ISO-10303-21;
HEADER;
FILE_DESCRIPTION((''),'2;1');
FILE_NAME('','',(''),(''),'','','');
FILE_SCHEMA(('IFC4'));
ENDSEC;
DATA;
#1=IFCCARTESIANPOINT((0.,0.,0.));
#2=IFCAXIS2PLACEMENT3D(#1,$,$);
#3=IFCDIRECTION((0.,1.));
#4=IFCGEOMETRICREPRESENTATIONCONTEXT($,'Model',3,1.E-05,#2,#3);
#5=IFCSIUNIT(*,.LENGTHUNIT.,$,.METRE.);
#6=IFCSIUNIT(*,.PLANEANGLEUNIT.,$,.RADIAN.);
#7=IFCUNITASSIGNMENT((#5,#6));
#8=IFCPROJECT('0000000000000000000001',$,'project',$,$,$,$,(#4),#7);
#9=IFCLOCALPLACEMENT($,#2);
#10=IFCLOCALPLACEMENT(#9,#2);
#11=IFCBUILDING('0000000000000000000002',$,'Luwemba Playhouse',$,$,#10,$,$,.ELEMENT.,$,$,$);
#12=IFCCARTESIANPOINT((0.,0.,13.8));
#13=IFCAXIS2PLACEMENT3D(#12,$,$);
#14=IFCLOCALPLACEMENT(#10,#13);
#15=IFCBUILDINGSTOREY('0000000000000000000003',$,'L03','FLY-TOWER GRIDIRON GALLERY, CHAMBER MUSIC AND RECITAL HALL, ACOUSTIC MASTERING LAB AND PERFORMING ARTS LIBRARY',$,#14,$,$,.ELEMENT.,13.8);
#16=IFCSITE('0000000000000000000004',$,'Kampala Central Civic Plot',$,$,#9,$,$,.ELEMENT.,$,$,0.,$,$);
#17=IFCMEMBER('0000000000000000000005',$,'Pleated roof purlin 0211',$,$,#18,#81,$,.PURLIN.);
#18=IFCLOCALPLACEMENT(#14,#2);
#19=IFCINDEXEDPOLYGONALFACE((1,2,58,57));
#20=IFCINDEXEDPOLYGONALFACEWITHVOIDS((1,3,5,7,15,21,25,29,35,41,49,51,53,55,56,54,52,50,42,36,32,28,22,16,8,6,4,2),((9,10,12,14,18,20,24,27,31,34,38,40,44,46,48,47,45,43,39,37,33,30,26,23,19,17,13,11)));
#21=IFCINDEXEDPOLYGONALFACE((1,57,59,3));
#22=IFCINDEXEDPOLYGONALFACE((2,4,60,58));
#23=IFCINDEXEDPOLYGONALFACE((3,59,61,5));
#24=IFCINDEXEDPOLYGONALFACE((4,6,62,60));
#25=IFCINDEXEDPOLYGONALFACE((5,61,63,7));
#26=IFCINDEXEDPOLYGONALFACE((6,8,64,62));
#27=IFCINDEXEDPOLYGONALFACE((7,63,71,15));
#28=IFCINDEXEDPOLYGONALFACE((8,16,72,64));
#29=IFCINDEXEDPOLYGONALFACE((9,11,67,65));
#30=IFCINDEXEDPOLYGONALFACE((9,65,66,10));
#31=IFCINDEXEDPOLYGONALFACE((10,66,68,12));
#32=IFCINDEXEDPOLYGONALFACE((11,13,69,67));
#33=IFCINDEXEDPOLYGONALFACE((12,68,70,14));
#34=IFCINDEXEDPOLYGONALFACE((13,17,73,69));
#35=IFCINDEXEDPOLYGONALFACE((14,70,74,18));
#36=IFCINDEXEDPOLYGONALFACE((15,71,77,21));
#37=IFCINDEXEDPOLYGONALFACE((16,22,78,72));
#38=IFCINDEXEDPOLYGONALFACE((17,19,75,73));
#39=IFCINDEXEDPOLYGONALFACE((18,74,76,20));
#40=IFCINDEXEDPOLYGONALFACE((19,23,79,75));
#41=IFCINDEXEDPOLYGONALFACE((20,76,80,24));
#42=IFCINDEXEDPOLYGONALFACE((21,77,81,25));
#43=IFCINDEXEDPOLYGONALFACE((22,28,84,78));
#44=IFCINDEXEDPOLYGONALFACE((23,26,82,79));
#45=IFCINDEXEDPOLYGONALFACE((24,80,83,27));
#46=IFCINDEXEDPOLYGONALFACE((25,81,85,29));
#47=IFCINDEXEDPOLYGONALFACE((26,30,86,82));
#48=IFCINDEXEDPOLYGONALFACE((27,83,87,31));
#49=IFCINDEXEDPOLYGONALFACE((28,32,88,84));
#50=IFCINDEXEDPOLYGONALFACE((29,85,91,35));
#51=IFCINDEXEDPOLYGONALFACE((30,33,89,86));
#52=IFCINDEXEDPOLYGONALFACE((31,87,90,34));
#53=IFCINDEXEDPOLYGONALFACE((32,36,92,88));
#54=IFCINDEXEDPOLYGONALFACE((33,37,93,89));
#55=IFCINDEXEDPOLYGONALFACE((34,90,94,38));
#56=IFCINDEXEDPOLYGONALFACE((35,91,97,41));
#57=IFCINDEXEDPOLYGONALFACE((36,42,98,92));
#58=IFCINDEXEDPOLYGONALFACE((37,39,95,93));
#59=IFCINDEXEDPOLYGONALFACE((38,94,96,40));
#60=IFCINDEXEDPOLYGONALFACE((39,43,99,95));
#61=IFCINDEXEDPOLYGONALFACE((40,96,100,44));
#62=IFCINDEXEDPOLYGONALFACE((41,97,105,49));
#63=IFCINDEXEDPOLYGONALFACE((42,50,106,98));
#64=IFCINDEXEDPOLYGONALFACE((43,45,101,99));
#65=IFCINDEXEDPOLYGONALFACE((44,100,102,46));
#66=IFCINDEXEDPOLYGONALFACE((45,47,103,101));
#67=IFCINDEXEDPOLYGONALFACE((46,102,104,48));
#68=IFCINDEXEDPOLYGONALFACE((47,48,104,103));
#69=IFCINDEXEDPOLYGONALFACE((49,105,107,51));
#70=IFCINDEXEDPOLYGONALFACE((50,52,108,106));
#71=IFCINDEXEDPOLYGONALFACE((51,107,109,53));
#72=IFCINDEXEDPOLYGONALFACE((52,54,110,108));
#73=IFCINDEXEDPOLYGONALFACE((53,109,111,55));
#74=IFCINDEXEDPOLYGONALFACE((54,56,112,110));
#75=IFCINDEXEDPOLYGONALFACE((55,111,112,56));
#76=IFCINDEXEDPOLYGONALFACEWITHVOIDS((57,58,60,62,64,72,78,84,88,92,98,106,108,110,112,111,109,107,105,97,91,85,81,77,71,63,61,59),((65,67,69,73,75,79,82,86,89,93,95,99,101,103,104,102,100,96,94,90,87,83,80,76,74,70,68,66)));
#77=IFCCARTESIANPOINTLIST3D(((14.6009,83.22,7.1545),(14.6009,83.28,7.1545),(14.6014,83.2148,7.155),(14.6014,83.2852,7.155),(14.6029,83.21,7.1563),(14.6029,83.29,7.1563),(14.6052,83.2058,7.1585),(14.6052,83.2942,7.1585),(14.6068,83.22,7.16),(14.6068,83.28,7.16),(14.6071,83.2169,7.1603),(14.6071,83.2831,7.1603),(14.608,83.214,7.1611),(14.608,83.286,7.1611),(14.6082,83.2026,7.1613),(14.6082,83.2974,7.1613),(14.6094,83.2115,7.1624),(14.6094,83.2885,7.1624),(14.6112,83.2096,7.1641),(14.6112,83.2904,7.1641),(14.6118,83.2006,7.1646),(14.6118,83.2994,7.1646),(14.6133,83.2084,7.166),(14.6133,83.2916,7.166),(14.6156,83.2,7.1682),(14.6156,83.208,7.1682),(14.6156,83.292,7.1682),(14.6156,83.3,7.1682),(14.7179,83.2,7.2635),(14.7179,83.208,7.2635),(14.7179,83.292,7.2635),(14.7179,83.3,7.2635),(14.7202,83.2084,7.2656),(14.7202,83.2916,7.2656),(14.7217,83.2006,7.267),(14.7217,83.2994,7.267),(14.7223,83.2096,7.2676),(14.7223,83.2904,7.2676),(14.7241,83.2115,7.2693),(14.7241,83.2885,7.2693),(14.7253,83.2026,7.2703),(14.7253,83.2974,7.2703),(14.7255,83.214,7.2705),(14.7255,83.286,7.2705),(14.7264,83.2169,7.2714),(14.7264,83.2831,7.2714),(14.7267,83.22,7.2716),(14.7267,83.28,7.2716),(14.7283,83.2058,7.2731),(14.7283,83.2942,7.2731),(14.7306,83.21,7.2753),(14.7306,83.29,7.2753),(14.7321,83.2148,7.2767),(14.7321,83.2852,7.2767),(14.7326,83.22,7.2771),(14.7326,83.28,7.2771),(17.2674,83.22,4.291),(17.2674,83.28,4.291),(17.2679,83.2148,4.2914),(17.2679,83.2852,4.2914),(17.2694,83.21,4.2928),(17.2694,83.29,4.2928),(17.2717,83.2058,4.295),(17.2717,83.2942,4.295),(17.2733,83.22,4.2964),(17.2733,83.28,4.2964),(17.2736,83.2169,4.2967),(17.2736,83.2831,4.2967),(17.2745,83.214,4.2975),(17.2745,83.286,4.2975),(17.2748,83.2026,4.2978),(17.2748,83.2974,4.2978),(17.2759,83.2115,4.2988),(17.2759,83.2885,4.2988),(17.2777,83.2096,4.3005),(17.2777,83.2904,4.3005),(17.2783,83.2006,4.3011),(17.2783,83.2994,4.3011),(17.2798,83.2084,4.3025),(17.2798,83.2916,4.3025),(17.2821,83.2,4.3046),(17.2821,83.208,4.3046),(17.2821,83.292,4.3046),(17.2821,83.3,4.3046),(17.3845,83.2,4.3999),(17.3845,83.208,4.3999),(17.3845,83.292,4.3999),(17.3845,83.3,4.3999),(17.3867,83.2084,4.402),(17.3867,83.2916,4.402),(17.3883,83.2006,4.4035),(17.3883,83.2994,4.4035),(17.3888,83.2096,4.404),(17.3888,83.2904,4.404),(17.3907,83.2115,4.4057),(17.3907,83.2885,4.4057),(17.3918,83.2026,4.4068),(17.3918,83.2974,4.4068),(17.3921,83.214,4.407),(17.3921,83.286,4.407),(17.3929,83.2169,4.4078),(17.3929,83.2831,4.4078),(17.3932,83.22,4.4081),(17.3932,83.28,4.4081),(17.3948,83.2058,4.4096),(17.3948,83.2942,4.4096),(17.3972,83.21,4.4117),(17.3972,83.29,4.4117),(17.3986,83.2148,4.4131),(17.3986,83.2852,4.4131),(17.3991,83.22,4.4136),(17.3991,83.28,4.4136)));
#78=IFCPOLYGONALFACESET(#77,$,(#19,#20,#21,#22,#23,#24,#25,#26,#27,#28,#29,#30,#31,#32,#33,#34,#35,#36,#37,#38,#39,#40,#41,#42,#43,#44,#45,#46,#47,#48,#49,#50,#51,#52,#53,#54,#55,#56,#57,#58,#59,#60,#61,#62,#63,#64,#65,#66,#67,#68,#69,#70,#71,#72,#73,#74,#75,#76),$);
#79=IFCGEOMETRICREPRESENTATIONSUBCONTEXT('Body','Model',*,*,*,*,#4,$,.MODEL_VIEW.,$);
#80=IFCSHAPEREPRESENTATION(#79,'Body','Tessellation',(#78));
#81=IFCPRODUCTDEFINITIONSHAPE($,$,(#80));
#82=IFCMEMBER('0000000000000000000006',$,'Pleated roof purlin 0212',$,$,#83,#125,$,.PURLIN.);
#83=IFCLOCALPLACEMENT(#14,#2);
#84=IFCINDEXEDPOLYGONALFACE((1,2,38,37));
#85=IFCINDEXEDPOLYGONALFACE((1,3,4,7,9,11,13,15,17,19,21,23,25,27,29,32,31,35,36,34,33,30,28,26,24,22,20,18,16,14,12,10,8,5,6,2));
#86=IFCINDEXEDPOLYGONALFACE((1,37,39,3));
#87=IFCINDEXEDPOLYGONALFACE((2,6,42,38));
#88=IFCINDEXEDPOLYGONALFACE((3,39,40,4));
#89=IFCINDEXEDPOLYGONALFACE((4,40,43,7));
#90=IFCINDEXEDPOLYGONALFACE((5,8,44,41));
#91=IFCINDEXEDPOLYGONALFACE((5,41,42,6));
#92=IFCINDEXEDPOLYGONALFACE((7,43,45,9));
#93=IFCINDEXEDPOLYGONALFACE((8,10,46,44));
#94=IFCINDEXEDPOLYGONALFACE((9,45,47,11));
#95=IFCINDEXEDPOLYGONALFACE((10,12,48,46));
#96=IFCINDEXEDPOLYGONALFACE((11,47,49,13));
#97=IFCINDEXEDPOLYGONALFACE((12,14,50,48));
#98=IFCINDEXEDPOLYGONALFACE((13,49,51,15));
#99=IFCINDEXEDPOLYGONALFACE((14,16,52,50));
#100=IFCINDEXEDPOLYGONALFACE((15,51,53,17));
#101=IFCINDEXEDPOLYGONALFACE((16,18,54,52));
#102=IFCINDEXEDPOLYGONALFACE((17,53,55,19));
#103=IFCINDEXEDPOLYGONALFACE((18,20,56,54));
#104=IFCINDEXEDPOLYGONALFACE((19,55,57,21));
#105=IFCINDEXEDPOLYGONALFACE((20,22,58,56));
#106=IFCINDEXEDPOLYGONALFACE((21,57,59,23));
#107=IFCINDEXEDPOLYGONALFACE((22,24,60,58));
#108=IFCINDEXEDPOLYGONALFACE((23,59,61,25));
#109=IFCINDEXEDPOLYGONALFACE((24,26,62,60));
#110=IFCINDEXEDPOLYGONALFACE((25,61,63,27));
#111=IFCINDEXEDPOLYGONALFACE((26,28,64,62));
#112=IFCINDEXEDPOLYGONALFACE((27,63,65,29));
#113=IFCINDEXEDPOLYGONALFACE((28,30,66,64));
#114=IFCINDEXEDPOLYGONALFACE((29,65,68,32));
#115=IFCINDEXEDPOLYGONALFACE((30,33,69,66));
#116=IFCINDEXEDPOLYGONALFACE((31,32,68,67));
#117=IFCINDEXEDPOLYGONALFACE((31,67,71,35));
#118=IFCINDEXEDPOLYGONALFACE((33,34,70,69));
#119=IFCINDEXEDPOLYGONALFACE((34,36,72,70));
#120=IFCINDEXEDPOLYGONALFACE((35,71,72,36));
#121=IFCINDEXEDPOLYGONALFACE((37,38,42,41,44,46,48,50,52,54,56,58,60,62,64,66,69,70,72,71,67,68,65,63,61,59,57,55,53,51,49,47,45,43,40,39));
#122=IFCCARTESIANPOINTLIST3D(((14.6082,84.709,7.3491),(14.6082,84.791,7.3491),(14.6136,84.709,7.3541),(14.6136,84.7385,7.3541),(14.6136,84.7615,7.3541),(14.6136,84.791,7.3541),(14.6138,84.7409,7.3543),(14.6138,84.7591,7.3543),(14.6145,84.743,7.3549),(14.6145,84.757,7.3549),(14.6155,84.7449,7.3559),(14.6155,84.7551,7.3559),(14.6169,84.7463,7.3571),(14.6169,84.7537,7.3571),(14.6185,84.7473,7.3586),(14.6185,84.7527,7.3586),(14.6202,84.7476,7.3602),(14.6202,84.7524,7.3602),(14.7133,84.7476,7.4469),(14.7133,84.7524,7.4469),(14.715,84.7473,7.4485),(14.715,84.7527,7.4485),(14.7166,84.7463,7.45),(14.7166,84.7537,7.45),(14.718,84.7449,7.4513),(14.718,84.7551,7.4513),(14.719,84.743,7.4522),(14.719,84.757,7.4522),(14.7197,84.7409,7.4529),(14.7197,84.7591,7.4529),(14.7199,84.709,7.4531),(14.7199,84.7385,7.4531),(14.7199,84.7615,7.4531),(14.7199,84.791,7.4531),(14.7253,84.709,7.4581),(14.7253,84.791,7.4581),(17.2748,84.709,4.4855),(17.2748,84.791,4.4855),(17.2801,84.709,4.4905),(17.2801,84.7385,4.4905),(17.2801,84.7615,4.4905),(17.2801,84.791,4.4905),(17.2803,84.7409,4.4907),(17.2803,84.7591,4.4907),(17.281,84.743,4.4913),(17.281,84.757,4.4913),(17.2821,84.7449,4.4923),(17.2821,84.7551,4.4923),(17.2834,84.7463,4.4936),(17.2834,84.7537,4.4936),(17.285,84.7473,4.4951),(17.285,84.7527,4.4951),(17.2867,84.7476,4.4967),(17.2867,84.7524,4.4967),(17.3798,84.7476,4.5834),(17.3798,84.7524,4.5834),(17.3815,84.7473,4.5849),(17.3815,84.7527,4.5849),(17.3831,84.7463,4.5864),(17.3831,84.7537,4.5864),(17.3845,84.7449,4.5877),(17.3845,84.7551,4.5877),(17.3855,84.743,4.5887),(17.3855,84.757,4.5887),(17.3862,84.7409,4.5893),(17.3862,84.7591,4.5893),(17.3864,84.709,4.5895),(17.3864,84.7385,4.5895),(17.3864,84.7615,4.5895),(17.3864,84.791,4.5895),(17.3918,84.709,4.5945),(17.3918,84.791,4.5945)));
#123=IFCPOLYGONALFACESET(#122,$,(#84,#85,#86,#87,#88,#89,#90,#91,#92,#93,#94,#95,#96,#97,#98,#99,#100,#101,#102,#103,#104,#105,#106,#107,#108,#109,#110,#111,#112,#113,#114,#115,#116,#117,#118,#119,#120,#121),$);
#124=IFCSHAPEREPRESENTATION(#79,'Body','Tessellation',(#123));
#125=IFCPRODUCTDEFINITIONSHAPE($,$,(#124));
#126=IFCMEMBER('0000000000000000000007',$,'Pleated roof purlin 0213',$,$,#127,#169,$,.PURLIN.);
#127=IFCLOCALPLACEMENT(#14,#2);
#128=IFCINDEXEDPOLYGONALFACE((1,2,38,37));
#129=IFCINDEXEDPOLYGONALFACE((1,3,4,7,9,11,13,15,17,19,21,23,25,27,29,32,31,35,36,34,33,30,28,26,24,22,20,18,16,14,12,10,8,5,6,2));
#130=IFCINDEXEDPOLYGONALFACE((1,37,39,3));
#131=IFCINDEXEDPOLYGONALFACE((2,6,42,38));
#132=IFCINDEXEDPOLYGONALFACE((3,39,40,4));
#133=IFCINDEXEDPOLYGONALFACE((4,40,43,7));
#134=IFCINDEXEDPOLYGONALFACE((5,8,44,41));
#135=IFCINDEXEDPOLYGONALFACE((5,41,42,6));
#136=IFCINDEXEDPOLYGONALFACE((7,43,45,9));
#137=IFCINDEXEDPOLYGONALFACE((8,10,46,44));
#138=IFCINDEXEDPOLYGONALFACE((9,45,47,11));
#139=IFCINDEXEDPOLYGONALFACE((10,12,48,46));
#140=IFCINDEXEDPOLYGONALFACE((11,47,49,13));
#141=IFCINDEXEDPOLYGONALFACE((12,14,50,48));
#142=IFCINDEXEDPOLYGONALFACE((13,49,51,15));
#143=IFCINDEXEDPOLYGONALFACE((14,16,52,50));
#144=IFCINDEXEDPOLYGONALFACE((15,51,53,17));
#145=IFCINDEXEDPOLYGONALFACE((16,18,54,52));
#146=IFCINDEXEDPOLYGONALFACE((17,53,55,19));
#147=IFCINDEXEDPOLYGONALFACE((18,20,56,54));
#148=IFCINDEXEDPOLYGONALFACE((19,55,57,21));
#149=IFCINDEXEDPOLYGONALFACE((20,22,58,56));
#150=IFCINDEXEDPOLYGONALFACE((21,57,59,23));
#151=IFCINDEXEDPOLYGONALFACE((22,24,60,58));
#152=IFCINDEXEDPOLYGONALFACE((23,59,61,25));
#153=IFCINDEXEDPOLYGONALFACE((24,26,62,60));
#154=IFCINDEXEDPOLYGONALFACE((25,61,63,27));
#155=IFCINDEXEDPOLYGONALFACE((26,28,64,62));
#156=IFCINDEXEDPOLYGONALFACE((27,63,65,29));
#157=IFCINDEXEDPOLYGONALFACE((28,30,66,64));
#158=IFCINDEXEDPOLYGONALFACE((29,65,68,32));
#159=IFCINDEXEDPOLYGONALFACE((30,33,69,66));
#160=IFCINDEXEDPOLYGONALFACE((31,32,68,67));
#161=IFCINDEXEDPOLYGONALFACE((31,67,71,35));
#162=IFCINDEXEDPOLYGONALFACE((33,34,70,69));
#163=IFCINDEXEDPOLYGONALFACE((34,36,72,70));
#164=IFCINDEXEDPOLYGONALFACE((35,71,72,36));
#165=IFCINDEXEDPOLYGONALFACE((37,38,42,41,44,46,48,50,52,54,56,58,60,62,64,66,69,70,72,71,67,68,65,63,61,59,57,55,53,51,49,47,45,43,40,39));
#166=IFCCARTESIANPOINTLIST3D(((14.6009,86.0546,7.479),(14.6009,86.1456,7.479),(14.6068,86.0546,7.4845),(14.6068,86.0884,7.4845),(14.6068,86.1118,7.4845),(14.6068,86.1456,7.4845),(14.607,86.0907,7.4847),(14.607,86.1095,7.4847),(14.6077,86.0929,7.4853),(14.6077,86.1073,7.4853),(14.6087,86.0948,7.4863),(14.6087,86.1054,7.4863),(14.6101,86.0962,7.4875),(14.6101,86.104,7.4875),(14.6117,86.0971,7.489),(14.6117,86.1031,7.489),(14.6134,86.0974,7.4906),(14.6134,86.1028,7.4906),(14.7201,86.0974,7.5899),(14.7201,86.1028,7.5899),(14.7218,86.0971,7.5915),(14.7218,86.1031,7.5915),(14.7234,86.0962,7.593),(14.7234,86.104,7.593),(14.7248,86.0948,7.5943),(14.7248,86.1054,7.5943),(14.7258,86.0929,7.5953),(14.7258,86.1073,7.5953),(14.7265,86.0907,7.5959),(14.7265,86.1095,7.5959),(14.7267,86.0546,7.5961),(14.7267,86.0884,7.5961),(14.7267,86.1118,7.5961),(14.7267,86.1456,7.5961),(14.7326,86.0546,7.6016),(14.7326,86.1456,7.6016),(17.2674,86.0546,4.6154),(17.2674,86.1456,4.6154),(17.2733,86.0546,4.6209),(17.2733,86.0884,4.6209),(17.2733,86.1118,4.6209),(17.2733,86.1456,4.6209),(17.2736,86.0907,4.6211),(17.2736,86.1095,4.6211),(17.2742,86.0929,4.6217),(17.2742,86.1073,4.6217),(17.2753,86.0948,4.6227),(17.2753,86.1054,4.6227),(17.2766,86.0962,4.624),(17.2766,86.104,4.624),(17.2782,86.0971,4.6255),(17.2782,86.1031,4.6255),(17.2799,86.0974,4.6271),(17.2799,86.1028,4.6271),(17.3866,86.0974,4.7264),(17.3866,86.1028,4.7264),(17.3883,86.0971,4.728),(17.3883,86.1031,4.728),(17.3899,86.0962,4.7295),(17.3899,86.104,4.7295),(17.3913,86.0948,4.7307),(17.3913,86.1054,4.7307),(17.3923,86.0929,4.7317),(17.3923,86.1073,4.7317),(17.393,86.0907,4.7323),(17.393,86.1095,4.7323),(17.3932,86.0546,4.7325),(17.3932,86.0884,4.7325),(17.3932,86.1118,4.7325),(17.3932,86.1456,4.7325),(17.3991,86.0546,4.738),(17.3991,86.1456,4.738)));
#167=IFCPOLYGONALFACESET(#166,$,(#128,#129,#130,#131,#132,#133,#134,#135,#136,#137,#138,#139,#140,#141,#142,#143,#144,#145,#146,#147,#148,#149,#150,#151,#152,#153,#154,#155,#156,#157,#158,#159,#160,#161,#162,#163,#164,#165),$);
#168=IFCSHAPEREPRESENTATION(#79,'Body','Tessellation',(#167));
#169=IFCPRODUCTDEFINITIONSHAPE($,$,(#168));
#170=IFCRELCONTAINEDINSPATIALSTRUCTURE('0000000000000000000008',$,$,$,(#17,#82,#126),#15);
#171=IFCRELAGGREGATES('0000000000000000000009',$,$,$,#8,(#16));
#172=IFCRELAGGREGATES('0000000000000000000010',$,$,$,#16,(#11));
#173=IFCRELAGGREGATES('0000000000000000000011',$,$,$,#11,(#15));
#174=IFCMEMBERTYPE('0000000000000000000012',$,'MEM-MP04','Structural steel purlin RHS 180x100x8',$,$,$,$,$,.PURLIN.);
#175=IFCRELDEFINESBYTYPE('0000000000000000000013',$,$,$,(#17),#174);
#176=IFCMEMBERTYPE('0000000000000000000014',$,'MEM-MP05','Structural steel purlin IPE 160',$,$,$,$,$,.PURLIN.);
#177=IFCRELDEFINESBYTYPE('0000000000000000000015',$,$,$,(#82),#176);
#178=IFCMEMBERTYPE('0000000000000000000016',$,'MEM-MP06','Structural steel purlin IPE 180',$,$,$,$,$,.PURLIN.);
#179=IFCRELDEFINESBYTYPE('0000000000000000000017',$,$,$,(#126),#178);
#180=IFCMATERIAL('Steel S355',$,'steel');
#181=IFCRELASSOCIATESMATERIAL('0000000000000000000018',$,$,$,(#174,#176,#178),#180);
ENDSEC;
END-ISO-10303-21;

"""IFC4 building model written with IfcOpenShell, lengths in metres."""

from ifc_helpers import new_model, si_unit, direction, frame, origin, origin_2d, place, context, subcontext, project, spatial, hollow_rectangle, i_section, extrude, material, material_profile, profile_set, type_object, element, save


model = new_model("IFC4")

# Units and contexts
model_context = context("Model", 3, precision=1e-05, world=origin(), true_north=direction((0.0, 1.0)))
body_context = subcontext(model_context, "Body", "Model", "MODEL_VIEW")
ifc_project = project(units=[si_unit("LENGTHUNIT", "METRE"), si_unit("PLANEANGLEUNIT", "RADIAN")], contexts=[model_context])

# Site, building, storey
site_placement = place(None, origin())
site = spatial("IfcSite", under=ifc_project, at=site_placement, Name="Kampala Central Civic Plot", CompositionType="ELEMENT", RefElevation=0.0)
building_placement = place(site_placement, origin())
building = spatial("IfcBuilding", under=site, at=building_placement, Name="Luwemba Playhouse", CompositionType="ELEMENT")
storey_placement = place(building_placement, frame((0.0, 0.0, 13.8)))
storey = spatial("IfcBuildingStorey", under=building, at=storey_placement, Name="L03", Description="FLY-TOWER GRIDIRON GALLERY, CHAMBER MUSIC AND RECITAL HALL, ACOUSTIC MASTERING LAB AND PERFORMING ARTS LIBRARY", CompositionType="ELEMENT", Elevation=13.8)

# Shared definitions
ifc_material_1 = material(Name="Steel S355", Category="steel")

# Members
ifc_material_profile_1 = material_profile(ifc_material_1, hollow_rectangle(XDim=0.1001, YDim=0.1799, WallThickness=0.0081, InnerFilletRadius=0.012, OuterFilletRadius=0.02, at=origin_2d()))
ifc_profile_set_1 = profile_set([ifc_material_profile_1], Name="Steel S355")
member_type_1 = type_object("IfcMemberType", Name="MEM-MP04", Description="Structural steel purlin RHS 180x100x8", PredefinedType="PURLIN", material=ifc_profile_set_1)
member_1_placement = place(storey_placement, frame((14.6667, 83.25, 7.2158), z_axis=(0.681482, 0.0, -0.731835), x_axis=(0.0, 1.0, 0.0)))
element("IfcMember", 1, at=member_1_placement, inside=storey, type_object=member_type_1, Name="Pleated roof purlin 0211", PredefinedType="PURLIN", context=body_context, shape_type="SweptSolid", body=[
    extrude(hollow_rectangle(XDim=0.1001, YDim=0.1799, WallThickness=0.0081, InnerFilletRadius=0.012, OuterFilletRadius=0.02, at=origin_2d()), origin(), (0.0, 0.0, 1.0), 3.9128),
])
ifc_material_profile_2 = material_profile(ifc_material_1, i_section(OverallWidth=0.082, OverallDepth=0.1599, WebThickness=0.0049, FlangeThickness=0.0073, FilletRadius=0.009, at=origin_2d()))
ifc_profile_set_2 = profile_set([ifc_material_profile_2], Name="Steel S355")
member_type_2 = type_object("IfcMemberType", Name="MEM-MP05", Description="Structural steel purlin IPE 160", PredefinedType="PURLIN", material=ifc_profile_set_2)
member_2_placement = place(storey_placement, frame((14.6667, 84.75, 7.4036), z_axis=(0.681482, 0.0, -0.731835), x_axis=(0.0, 1.0, 0.0)))
element("IfcMember", 2, at=member_2_placement, inside=storey, type_object=member_type_2, Name="Pleated roof purlin 0212", PredefinedType="PURLIN", context=body_context, shape_type="SweptSolid", body=[
    extrude(i_section(OverallWidth=0.082, OverallDepth=0.1599, WebThickness=0.0049, FlangeThickness=0.0073, FilletRadius=0.009, at=origin_2d()), origin(), (0.0, 0.0, 1.0), 3.9128),
])
ifc_material_profile_3 = material_profile(ifc_material_1, i_section(OverallWidth=0.0911, OverallDepth=0.1799, WebThickness=0.0054, FlangeThickness=0.0081, FilletRadius=0.009, at=origin_2d()))
ifc_profile_set_3 = profile_set([ifc_material_profile_3], Name="Steel S355")
member_type_3 = type_object("IfcMemberType", Name="MEM-MP06", Description="Structural steel purlin IPE 180", PredefinedType="PURLIN", material=ifc_profile_set_3)
member_3_placement = place(storey_placement, frame((14.6667, 86.1001, 7.5403), z_axis=(0.681482, 0.0, -0.731835), x_axis=(0.0, 1.0, 0.0)))
element("IfcMember", 3, at=member_3_placement, inside=storey, type_object=member_type_3, Name="Pleated roof purlin 0213", PredefinedType="PURLIN", context=body_context, shape_type="SweptSolid", body=[
    extrude(i_section(OverallWidth=0.0911, OverallDepth=0.1799, WebThickness=0.0054, FlangeThickness=0.0081, FilletRadius=0.009, at=origin_2d()), origin(), (0.0, 0.0, 1.0), 3.9128),
])

save(model, "model.ifc")
